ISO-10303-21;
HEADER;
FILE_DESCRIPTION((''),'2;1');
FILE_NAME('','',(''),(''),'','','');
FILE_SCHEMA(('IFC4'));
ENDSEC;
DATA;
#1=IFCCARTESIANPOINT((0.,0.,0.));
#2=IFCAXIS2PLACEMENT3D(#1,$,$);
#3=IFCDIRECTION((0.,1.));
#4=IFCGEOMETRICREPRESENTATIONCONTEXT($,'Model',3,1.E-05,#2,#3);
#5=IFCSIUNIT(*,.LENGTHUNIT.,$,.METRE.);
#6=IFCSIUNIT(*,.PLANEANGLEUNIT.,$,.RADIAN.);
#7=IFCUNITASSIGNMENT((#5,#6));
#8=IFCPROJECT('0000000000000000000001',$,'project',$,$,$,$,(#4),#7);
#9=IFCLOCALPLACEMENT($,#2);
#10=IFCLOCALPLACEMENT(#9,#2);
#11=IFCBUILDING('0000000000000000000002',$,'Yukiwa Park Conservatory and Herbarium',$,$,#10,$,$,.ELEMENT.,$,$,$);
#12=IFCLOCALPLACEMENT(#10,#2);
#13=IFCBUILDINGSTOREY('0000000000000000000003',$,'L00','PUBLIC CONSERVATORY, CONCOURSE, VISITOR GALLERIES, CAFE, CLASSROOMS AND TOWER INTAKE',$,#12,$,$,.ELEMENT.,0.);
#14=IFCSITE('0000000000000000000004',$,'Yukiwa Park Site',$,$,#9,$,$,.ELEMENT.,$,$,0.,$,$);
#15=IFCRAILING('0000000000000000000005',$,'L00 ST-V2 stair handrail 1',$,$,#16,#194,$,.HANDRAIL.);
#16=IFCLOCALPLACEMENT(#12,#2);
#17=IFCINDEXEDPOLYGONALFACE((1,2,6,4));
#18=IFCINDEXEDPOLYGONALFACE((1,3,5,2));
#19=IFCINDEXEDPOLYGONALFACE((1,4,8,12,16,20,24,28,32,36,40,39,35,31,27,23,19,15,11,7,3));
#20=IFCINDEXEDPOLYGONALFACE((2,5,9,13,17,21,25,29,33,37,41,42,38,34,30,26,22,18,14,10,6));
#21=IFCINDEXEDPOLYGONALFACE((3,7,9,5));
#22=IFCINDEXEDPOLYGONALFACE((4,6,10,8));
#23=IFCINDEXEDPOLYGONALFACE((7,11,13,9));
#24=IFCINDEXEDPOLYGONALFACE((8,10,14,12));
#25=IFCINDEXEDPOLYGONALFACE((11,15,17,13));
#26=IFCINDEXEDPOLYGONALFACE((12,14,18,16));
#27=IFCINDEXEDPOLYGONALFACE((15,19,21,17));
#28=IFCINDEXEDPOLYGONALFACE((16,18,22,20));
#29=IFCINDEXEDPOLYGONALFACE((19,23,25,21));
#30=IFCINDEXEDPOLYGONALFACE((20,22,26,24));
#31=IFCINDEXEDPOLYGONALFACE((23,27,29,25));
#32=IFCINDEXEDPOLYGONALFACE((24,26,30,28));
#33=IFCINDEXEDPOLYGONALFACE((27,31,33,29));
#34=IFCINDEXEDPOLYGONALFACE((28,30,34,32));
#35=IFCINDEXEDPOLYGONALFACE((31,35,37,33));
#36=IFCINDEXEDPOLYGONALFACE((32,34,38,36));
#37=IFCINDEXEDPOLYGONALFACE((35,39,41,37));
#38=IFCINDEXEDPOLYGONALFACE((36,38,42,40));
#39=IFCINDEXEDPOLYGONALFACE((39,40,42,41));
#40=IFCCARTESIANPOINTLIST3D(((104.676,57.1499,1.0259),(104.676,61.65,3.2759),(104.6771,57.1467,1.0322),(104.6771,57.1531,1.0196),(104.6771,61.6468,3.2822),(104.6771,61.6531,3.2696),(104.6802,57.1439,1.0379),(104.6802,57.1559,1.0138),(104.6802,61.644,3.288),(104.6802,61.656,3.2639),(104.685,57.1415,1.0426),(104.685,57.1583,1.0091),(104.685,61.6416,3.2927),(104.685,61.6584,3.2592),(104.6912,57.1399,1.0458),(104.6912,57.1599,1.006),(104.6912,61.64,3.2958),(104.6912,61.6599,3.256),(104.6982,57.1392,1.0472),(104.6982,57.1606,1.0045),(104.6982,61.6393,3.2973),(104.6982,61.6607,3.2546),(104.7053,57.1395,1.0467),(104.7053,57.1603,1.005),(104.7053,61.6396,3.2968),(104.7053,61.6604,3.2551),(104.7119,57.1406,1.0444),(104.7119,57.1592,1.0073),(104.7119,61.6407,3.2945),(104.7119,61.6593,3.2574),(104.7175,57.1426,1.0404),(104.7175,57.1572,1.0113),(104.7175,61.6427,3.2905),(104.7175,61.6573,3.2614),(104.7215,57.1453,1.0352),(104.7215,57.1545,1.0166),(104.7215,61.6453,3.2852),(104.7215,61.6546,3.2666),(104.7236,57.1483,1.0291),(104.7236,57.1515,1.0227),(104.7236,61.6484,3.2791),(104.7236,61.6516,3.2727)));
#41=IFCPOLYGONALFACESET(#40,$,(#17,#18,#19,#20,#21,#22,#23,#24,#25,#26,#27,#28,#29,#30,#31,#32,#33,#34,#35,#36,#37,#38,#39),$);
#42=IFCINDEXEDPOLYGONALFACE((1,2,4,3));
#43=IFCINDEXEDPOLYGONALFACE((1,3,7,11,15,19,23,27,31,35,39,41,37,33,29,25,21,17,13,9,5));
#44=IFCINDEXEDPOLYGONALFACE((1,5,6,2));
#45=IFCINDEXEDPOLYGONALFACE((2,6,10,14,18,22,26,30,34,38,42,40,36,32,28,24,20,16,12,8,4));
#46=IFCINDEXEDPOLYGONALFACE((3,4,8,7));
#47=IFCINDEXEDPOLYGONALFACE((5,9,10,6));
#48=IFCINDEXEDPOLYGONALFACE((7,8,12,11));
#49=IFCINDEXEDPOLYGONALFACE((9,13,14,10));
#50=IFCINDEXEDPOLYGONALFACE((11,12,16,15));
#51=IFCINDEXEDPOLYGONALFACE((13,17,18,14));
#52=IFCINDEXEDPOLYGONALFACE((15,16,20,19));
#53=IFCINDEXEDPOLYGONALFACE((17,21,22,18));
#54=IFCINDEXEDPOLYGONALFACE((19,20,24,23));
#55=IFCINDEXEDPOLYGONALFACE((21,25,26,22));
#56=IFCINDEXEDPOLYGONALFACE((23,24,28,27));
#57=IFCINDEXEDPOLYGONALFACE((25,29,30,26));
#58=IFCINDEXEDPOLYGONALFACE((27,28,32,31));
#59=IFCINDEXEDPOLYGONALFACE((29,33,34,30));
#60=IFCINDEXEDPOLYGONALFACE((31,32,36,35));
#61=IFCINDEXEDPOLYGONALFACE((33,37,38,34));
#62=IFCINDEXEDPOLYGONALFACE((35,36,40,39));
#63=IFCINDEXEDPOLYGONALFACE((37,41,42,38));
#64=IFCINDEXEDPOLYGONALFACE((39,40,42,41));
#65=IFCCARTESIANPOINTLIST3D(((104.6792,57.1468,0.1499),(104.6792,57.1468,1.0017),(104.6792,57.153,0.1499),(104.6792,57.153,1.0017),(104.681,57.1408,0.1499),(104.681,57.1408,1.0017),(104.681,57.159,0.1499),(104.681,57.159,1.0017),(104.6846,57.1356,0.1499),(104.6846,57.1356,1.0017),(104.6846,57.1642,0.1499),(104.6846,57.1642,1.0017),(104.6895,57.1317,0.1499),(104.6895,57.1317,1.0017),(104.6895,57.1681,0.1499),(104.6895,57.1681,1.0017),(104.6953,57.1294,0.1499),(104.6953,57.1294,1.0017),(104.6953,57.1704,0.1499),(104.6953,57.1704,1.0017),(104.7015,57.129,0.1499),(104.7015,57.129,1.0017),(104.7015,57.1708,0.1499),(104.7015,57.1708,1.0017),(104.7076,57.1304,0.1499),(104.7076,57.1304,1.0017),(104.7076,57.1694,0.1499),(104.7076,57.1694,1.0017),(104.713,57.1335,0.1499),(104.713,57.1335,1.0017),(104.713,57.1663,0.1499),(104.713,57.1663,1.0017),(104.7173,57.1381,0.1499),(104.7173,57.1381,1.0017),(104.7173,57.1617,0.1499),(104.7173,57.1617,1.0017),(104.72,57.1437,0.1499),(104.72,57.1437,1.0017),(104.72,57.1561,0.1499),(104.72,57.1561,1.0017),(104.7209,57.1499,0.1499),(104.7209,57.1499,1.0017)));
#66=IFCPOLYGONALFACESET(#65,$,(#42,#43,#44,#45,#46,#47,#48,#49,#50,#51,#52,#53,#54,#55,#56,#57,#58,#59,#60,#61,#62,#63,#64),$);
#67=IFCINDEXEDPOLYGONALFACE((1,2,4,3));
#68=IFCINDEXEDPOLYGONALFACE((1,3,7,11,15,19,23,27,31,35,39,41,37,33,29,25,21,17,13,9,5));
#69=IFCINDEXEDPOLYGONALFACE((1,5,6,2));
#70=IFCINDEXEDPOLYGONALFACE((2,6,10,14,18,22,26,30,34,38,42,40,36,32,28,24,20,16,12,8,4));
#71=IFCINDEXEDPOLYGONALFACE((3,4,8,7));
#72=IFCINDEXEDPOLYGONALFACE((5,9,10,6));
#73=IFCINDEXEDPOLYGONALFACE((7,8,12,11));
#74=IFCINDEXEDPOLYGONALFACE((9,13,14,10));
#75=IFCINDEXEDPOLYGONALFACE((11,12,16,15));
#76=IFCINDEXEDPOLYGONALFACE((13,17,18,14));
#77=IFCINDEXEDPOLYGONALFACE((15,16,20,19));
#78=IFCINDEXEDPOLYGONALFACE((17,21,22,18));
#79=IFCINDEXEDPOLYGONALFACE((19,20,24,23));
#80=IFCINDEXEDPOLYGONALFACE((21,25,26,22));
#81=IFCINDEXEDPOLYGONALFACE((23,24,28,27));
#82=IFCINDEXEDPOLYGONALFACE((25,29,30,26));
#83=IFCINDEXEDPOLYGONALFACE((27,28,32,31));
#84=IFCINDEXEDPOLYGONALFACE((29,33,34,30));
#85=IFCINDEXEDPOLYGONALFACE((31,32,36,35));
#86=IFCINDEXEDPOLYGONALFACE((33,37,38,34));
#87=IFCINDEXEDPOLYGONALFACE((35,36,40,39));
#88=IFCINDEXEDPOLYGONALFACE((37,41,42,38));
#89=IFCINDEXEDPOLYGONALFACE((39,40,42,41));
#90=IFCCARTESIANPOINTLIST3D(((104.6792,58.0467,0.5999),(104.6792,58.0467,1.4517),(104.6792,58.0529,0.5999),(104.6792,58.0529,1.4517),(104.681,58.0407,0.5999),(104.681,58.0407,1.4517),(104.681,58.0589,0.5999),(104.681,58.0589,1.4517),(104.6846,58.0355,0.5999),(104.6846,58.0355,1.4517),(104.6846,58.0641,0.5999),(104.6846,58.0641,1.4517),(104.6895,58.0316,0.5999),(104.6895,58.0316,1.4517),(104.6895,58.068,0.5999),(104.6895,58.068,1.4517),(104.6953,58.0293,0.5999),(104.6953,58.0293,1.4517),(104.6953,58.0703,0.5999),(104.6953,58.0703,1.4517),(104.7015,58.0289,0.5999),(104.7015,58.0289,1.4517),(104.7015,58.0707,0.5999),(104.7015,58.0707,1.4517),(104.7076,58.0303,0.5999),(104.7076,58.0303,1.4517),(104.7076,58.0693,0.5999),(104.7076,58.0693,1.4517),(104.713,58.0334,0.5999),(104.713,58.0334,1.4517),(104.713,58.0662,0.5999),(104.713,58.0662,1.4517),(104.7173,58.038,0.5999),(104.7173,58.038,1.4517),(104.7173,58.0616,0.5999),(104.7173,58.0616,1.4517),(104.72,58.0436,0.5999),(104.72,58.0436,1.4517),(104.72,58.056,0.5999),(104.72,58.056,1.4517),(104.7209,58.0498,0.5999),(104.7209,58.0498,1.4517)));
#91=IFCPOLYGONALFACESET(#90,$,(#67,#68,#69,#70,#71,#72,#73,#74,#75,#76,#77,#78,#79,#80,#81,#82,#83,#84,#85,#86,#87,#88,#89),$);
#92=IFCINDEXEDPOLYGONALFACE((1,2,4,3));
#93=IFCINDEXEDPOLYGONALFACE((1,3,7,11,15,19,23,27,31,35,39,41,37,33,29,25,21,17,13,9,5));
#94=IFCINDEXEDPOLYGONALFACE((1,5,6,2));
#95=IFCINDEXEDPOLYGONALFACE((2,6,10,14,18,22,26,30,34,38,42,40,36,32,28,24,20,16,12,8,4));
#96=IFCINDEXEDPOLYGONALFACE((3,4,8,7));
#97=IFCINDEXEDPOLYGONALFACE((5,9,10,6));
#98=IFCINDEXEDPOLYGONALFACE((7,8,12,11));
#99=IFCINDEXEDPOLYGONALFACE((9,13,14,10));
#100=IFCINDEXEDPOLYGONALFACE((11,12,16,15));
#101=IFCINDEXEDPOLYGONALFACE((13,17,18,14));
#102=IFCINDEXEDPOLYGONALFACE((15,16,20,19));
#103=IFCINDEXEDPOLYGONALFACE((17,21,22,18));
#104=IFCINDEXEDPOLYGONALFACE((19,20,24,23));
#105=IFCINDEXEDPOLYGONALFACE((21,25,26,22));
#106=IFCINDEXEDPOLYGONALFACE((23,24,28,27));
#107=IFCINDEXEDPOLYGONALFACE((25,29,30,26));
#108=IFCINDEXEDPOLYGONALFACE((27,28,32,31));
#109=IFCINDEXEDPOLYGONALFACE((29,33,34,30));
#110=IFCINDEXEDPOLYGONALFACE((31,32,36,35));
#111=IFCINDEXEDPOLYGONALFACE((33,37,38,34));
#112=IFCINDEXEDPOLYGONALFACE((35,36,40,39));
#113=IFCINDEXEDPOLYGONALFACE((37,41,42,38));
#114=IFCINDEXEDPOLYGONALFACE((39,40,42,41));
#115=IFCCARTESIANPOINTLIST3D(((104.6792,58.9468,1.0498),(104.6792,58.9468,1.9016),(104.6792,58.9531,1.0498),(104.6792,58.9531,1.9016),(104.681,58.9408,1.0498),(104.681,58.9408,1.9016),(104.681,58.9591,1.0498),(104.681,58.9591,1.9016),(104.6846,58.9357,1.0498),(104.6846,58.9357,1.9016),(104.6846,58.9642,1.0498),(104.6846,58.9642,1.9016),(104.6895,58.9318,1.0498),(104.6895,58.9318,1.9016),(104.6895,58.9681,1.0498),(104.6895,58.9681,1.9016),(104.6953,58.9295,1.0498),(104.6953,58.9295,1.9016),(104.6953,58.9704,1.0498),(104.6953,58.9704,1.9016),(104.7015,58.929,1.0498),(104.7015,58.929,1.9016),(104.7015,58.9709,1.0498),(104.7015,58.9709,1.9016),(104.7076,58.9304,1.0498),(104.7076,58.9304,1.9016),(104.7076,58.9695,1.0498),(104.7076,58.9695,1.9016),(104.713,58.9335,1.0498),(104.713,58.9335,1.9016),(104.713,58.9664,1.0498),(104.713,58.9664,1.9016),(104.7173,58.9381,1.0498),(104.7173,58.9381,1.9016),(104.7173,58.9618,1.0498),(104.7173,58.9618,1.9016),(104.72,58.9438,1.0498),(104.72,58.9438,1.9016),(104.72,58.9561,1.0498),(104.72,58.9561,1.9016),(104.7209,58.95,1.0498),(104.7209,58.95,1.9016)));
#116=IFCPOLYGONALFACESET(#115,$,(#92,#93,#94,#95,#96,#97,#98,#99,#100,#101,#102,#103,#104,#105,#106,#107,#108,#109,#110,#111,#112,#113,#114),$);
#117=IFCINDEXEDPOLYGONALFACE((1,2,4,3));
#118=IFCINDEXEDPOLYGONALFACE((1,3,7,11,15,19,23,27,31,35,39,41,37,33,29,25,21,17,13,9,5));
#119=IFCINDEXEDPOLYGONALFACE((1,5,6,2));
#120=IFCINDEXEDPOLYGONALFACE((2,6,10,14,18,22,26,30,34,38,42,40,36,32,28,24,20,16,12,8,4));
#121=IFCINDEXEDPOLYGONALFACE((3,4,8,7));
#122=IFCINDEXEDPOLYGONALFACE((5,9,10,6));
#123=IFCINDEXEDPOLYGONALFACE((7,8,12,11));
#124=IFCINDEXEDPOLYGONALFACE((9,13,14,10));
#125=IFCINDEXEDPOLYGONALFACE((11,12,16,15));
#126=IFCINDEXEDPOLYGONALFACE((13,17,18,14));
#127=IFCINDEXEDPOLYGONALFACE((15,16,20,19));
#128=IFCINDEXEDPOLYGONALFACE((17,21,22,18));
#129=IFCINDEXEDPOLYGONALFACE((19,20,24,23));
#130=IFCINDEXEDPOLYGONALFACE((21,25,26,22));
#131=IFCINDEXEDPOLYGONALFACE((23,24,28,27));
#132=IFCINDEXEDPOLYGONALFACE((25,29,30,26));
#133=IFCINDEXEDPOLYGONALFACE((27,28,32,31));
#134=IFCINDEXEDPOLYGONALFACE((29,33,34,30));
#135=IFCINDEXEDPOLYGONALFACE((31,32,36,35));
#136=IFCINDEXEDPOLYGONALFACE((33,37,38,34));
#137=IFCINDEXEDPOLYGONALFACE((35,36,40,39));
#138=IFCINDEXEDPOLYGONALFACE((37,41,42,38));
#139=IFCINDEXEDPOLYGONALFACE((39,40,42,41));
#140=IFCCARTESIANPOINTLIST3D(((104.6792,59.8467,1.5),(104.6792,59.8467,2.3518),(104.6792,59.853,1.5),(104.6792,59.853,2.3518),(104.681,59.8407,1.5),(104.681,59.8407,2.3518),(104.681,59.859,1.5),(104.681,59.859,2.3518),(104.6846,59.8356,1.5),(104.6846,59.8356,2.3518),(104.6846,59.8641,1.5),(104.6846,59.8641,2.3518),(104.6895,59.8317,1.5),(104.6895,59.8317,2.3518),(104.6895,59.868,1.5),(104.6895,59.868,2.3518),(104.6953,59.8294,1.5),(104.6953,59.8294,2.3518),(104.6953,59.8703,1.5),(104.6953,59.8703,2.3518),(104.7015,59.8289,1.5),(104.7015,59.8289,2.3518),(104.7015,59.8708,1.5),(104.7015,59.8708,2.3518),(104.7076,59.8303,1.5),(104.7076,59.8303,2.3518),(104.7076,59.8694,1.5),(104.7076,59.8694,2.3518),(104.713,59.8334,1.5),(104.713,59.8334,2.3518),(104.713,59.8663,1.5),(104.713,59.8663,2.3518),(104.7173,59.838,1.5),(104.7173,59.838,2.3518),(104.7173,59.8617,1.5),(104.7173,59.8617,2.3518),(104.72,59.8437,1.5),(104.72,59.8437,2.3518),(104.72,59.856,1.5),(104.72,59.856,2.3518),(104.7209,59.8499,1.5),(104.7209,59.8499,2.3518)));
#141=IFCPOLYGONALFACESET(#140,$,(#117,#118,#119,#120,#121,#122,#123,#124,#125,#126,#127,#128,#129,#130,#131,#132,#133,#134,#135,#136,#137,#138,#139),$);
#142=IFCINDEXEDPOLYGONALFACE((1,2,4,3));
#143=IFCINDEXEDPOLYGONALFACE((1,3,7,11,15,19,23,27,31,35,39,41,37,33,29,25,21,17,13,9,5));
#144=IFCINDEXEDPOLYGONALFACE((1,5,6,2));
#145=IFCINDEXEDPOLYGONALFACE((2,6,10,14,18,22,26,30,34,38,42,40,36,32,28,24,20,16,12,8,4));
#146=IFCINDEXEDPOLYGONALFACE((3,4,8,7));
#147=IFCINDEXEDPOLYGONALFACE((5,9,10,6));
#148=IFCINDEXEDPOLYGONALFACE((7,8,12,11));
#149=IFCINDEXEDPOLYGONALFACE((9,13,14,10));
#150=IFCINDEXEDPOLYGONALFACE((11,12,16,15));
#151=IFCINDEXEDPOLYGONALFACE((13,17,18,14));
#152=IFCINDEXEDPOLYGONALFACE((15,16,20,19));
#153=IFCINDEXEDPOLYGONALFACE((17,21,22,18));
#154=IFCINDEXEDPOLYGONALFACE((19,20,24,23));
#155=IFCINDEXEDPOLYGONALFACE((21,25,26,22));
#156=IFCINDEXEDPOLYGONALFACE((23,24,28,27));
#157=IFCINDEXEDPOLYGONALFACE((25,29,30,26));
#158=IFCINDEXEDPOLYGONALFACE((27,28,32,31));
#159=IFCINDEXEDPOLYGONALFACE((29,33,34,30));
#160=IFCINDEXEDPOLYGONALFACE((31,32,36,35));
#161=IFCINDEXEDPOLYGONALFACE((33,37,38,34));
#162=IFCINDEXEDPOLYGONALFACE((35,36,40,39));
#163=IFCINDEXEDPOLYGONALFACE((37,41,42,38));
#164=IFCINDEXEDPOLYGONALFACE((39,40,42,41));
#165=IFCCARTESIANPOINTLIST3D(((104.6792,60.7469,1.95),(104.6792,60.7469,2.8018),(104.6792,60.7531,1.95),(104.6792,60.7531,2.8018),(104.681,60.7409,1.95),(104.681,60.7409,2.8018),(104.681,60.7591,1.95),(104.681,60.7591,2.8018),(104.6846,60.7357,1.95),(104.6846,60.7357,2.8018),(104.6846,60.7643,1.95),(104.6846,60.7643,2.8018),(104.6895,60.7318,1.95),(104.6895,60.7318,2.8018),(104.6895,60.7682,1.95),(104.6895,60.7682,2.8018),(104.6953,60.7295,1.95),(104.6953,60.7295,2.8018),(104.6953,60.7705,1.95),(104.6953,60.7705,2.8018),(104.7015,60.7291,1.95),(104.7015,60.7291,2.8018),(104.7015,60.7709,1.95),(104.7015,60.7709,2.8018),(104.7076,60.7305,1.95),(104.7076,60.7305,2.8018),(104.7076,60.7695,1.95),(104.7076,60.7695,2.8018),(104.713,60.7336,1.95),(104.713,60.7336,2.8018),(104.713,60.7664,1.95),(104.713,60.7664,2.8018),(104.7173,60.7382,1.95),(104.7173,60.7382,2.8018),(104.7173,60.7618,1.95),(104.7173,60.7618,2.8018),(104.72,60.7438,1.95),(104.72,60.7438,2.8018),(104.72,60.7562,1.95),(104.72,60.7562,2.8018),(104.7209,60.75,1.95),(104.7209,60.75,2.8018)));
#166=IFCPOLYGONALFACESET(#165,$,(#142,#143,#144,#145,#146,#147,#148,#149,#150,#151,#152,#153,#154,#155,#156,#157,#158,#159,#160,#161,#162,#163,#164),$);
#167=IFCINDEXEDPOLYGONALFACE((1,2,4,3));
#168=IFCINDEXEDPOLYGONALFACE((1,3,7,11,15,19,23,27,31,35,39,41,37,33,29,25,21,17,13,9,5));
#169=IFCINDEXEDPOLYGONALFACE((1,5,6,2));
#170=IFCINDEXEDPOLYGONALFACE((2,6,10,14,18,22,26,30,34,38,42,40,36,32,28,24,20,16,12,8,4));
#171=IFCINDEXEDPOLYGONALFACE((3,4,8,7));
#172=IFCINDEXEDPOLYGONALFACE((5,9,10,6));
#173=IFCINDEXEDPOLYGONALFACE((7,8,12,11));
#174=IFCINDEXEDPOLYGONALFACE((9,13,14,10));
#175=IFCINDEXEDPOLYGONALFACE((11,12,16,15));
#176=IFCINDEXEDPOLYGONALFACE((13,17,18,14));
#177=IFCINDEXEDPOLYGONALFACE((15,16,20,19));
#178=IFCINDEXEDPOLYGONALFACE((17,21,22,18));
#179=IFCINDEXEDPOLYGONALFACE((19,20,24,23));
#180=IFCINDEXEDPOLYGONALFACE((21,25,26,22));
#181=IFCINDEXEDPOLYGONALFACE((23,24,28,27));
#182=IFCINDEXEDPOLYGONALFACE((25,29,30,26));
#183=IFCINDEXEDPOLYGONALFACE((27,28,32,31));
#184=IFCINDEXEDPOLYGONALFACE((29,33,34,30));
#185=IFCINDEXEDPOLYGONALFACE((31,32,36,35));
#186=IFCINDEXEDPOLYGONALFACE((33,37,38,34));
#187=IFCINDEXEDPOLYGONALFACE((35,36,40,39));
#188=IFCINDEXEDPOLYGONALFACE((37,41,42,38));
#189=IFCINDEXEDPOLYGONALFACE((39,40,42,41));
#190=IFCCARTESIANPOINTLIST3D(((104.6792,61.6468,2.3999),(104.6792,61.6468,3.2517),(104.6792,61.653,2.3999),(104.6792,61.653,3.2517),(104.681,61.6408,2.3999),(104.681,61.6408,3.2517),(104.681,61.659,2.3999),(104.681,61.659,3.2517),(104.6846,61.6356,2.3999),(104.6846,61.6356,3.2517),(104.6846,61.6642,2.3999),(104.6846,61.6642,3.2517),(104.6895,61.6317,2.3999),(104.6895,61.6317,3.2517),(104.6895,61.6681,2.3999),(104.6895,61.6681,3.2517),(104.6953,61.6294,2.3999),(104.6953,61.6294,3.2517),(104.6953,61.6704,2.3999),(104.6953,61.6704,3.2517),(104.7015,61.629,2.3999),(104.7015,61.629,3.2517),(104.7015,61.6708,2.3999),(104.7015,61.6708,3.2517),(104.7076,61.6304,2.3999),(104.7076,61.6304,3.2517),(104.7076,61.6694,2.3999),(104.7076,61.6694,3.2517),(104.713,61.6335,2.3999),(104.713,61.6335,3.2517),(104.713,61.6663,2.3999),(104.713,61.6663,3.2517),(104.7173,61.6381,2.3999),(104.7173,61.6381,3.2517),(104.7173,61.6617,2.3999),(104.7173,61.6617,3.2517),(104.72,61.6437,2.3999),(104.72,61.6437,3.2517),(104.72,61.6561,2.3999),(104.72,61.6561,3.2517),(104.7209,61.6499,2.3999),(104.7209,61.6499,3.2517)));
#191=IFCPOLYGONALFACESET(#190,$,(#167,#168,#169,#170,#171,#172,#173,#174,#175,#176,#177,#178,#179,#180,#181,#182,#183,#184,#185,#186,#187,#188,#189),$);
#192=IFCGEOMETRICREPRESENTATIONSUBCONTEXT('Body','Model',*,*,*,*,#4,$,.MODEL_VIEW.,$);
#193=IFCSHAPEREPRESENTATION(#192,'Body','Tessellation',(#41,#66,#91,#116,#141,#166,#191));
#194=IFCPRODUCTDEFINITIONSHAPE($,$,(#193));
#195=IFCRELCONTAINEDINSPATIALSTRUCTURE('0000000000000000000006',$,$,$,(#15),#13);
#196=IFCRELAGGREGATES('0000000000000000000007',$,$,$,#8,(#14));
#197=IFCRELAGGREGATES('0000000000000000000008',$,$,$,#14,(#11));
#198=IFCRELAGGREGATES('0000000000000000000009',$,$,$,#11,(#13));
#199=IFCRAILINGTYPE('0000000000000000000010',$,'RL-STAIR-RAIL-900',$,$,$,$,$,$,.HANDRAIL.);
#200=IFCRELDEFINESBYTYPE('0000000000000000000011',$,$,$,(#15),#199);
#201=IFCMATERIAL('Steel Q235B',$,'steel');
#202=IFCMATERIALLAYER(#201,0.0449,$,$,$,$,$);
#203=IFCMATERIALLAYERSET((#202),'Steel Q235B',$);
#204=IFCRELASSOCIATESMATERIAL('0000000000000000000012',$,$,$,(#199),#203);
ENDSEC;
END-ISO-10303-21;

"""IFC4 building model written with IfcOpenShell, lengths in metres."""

from ifc_helpers import new_model, si_unit, direction, frame, origin, origin_2d, place, context, subcontext, project, spatial, circle, extrude, material, layer, layer_set, type_object, element, save


model = new_model("IFC4")

# Units and contexts
model_context = context("Model", 3, precision=1e-05, world=origin(), true_north=direction((0.0, 1.0)))
body_context = subcontext(model_context, "Body", "Model", "MODEL_VIEW")
ifc_project = project(units=[si_unit("LENGTHUNIT", "METRE"), si_unit("PLANEANGLEUNIT", "RADIAN")], contexts=[model_context])

# Site, building, storey
site_placement = place(None, origin())
site = spatial("IfcSite", under=ifc_project, at=site_placement, Name="Yukiwa Park Site", CompositionType="ELEMENT", RefElevation=0.0)
building_placement = place(site_placement, origin())
building = spatial("IfcBuilding", under=site, at=building_placement, Name="Yukiwa Park Conservatory and Herbarium", CompositionType="ELEMENT")
storey_placement = place(building_placement, origin())
storey = spatial("IfcBuildingStorey", under=building, at=storey_placement, Name="L00", Description="PUBLIC CONSERVATORY, CONCOURSE, VISITOR GALLERIES, CAFE, CLASSROOMS AND TOWER INTAKE", CompositionType="ELEMENT", Elevation=0.0)

# Railing
ifc_material_1 = material(Name="Steel Q235B", Category="steel")
ifc_layer_1 = layer(ifc_material_1, 0.0449)
ifc_layer_set_1 = layer_set([ifc_layer_1], Name="Steel Q235B")
railing_type_1 = type_object("IfcRailingType", Name="RL-STAIR-RAIL-900", PredefinedType="HANDRAIL", material=ifc_layer_set_1)
railing_1_placement = place(storey_placement, frame((104.7, 57.1499, 0.1499)))
element("IfcRailing", 1, at=railing_1_placement, inside=storey, type_object=railing_type_1, Name="L00 ST-V2 stair handrail 1", PredefinedType="HANDRAIL", context=body_context, shape_type="SweptSolid", body=[
    extrude(circle(Radius=0.0239, at=origin_2d()), frame((0.0, 0.0, 0.876), z_axis=(0.0, 0.894427, 0.447214), x_axis=(-1.0, 0.0, 0.0)), (0.0, 0.0, 1.0), 5.0312),
    extrude(circle(Radius=0.021, at=origin_2d()), origin(), (0.0, 0.0, 1.0), 0.8518),
    extrude(circle(Radius=0.021, at=origin_2d()), frame((0.0, 0.8999, 0.45)), (0.0, 0.0, 1.0), 0.8518),
    extrude(circle(Radius=0.021, at=origin_2d()), frame((0.0, 1.8, 0.8999)), (0.0, 0.0, 1.0), 0.8518),
    extrude(circle(Radius=0.021, at=origin_2d()), frame((0.0, 2.7, 1.3501)), (0.0, 0.0, 1.0), 0.8518),
    extrude(circle(Radius=0.021, at=origin_2d()), frame((0.0, 3.6001, 1.8)), (0.0, 0.0, 1.0), 0.8518),
    extrude(circle(Radius=0.021, at=origin_2d()), frame((0.0, 4.5, 2.25)), (0.0, 0.0, 1.0), 0.8518),
])

save(model, "model.ifc")
